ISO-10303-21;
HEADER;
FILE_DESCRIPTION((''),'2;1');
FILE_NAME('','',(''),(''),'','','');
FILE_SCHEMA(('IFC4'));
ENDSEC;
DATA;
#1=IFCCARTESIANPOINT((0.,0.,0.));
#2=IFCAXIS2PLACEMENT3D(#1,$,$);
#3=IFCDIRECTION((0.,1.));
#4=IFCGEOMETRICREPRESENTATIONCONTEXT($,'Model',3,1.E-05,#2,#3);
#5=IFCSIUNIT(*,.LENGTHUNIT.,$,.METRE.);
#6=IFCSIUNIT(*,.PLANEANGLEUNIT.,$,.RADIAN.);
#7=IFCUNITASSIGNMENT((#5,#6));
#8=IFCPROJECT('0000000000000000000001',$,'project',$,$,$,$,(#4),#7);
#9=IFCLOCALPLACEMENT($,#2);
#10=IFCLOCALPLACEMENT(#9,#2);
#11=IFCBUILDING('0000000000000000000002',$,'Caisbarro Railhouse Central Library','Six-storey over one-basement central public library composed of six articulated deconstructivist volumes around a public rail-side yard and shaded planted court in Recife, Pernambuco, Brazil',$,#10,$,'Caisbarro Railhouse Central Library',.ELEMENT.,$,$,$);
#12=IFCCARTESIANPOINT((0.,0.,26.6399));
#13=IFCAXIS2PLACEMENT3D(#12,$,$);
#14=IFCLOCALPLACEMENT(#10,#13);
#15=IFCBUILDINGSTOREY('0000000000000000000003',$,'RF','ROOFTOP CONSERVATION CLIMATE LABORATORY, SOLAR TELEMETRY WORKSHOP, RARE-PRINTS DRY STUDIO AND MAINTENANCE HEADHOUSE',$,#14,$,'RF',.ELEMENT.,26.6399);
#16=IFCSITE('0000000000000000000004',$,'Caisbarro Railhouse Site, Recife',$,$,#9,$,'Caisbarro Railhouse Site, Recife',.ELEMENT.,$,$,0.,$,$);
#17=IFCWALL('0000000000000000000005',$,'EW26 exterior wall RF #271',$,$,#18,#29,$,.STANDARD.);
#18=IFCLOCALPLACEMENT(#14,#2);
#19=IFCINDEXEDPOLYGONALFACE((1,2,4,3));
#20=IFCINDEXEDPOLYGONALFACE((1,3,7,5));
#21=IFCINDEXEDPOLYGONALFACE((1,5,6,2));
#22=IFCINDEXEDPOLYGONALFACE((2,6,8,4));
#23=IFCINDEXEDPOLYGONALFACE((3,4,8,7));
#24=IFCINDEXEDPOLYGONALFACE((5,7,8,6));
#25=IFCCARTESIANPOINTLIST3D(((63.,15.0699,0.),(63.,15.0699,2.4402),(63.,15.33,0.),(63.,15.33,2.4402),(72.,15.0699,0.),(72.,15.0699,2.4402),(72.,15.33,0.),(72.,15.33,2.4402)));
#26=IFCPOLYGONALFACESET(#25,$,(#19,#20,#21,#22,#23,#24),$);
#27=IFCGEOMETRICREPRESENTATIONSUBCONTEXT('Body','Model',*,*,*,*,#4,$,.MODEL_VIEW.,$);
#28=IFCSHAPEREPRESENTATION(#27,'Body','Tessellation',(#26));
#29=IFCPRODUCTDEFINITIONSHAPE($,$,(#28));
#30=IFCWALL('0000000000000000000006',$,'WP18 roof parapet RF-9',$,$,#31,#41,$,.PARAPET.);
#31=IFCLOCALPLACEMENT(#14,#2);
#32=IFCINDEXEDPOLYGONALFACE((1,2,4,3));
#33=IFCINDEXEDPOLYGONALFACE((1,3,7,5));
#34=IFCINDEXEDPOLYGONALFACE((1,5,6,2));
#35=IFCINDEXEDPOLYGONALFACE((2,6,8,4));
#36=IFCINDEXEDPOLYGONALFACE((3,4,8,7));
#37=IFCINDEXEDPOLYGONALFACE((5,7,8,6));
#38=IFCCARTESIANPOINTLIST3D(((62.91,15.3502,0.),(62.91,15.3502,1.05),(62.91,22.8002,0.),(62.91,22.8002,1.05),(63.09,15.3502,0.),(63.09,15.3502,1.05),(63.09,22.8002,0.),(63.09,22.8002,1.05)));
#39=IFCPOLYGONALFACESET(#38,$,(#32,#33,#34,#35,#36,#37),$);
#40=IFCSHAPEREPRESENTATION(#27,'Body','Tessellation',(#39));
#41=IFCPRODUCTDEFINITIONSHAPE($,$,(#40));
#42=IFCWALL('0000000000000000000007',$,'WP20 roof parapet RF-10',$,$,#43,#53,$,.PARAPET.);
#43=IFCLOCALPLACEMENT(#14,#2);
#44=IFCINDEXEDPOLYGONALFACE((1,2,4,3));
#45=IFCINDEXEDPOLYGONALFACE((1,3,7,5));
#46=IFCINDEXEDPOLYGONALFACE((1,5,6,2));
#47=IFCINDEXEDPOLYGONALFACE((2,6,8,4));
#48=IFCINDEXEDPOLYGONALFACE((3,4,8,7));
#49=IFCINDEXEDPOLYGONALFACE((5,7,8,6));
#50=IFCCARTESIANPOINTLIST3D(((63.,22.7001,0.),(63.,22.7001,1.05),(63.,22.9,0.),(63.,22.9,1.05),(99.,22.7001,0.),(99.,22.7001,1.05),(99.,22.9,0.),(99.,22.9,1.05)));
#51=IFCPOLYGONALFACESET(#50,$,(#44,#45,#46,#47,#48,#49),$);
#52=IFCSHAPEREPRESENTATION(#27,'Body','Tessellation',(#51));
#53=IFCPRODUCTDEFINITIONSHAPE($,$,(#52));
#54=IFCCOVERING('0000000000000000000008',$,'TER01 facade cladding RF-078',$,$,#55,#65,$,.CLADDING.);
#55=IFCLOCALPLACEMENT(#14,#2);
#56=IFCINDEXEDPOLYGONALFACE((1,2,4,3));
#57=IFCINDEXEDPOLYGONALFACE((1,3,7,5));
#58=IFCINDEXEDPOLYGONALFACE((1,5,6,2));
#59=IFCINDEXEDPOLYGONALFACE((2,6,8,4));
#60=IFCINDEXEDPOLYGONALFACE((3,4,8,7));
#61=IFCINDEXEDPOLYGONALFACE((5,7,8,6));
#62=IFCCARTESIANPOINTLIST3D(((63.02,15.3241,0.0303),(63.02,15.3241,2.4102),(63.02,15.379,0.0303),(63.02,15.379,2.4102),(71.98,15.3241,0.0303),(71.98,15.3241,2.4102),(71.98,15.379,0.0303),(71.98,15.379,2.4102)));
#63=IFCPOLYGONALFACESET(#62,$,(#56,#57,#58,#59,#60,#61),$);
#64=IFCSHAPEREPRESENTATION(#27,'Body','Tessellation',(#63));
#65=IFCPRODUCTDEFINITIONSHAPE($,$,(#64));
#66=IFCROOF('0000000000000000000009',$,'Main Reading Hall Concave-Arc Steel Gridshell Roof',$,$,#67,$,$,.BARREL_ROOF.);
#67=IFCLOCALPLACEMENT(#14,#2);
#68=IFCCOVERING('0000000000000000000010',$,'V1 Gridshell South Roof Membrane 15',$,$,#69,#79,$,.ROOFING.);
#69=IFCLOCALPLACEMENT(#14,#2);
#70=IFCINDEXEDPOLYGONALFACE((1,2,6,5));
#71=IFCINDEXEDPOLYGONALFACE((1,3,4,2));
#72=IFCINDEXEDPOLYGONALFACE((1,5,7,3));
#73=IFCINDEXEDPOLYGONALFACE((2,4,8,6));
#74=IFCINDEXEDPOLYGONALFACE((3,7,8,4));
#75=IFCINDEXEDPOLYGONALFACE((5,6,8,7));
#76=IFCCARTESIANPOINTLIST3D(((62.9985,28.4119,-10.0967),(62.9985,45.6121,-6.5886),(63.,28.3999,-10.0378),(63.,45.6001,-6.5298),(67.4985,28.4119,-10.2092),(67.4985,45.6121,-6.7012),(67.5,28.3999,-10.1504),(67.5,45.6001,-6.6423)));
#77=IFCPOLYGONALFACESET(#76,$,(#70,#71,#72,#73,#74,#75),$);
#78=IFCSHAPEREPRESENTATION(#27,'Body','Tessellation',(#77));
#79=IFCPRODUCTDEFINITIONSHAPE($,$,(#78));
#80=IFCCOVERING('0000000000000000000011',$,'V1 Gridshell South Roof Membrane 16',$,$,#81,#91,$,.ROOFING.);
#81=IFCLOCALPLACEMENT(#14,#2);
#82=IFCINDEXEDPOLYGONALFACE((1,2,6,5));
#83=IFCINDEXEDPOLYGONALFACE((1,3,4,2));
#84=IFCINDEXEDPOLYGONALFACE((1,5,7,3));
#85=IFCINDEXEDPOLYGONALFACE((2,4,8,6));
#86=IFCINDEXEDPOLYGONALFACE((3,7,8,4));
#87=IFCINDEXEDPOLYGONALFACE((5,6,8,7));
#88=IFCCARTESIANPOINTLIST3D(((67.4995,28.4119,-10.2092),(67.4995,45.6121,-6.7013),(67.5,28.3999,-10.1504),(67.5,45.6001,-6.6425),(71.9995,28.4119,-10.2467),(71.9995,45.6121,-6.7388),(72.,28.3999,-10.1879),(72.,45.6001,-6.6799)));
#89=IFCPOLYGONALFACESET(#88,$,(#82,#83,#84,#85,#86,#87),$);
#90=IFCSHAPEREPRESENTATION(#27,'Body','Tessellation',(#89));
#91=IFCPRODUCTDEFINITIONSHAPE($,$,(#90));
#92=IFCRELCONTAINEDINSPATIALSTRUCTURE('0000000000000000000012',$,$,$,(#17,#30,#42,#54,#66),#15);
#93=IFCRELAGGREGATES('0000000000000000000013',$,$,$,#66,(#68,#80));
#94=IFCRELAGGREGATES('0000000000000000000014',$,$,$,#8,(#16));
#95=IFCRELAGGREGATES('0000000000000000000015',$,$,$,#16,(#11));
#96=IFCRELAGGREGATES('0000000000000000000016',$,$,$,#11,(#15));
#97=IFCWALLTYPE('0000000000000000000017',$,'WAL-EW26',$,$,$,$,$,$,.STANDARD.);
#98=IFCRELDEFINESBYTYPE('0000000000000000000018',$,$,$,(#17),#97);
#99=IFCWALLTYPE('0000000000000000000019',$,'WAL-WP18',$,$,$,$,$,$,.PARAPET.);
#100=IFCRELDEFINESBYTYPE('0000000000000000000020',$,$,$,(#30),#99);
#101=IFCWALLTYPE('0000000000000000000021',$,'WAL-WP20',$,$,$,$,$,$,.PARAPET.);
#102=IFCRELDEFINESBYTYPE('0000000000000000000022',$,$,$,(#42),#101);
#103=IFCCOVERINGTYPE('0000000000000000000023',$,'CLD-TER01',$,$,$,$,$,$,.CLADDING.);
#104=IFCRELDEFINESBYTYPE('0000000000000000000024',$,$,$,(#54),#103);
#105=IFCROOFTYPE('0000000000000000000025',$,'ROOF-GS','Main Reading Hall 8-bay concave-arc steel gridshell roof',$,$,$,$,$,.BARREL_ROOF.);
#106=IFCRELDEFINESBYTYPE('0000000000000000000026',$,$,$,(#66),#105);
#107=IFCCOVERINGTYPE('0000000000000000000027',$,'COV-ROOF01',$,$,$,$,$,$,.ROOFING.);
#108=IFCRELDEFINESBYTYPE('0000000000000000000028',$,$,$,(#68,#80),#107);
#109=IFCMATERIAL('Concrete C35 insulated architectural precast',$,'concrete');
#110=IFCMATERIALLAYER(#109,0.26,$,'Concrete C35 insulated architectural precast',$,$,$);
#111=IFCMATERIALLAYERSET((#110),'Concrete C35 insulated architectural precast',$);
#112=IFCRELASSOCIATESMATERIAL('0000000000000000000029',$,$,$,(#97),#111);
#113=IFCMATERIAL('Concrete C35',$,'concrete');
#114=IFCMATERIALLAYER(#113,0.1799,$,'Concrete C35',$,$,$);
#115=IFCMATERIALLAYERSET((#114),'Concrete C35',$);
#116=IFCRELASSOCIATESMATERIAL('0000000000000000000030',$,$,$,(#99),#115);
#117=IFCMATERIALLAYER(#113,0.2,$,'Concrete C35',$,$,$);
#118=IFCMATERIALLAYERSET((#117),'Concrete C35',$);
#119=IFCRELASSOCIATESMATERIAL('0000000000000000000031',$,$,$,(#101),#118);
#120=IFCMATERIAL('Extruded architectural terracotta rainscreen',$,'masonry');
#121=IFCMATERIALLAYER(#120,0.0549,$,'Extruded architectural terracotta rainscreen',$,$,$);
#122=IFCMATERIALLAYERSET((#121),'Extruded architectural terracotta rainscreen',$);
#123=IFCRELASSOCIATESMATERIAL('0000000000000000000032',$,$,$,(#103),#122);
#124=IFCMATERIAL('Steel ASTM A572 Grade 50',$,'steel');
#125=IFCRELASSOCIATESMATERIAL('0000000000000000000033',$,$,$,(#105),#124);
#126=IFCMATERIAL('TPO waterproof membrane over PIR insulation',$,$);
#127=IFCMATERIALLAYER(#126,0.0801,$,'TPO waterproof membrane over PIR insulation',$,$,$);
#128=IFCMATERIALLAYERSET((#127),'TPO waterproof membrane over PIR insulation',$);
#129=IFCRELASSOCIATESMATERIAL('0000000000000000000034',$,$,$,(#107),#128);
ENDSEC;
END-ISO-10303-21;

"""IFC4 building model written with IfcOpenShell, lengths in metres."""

from ifc_helpers import new_model, si_unit, direction, frame, frame_2d, origin, origin_2d, place, context, subcontext, project, spatial, polyline, rectangle, outline, extrude, material, layer, layer_set, type_object, element, aggregate, save


model = new_model("IFC4")

# Units and contexts
model_context = context("Model", 3, precision=1e-05, world=origin(), true_north=direction((0.0, 1.0)))
body_context = subcontext(model_context, "Body", "Model", "MODEL_VIEW")
ifc_project = project(units=[si_unit("LENGTHUNIT", "METRE"), si_unit("PLANEANGLEUNIT", "RADIAN")], contexts=[model_context])

# Site, building, storey
site_placement = place(None, origin())
site = spatial("IfcSite", under=ifc_project, at=site_placement, Name="Caisbarro Railhouse Site, Recife", LongName="Caisbarro Railhouse Site, Recife", CompositionType="ELEMENT", RefElevation=0.0)
building_placement = place(site_placement, origin())
building = spatial("IfcBuilding", under=site, at=building_placement, Name="Caisbarro Railhouse Central Library", Description="Six-storey over one-basement central public library composed of six articulated deconstructivist volumes around a public rail-side yard and shaded planted court in Recife, Pernambuco, Brazil", LongName="Caisbarro Railhouse Central Library", CompositionType="ELEMENT")
storey_placement = place(building_placement, frame((0.0, 0.0, 26.6399)))
storey = spatial("IfcBuildingStorey", under=building, at=storey_placement, Name="RF", Description="ROOFTOP CONSERVATION CLIMATE LABORATORY, SOLAR TELEMETRY WORKSHOP, RARE-PRINTS DRY STUDIO AND MAINTENANCE HEADHOUSE", LongName="RF", CompositionType="ELEMENT", Elevation=26.6399)

# Shared definitions
ifc_material_1 = material(Name="Steel ASTM A572 Grade 50", Category="steel")

# Shared definitions
ifc_material_2 = material(Name="Concrete C35", Category="concrete")

# Walls
ifc_material_3 = material(Name="Concrete C35 insulated architectural precast", Category="concrete")
ifc_layer_1 = layer(ifc_material_3, 0.26, Name="Concrete C35 insulated architectural precast")
ifc_layer_set_1 = layer_set([ifc_layer_1], Name="Concrete C35 insulated architectural precast")
wall_type_1 = type_object("IfcWallType", Name="WAL-EW26", PredefinedType="STANDARD", material=ifc_layer_set_1)
wall_1_placement = place(storey_placement, frame((72.0, 15.2, 0.0), z_axis=(0.0, 0.0, 1.0), x_axis=(-1.0, 0.0, 0.0)))
element("IfcWall", 1, at=wall_1_placement, inside=storey, type_object=wall_type_1, Name="EW26 exterior wall RF #271", PredefinedType="STANDARD", context=body_context, shape_type="SweptSolid", body=[
    extrude(rectangle(XDim=9.0, YDim=0.26, at=frame_2d((4.5, 0.0))), origin(), (0.0, 0.0, 1.0), 2.4402),
])
ifc_layer_2 = layer(ifc_material_2, 0.1799, Name="Concrete C35")
ifc_layer_set_2 = layer_set([ifc_layer_2], Name="Concrete C35")
wall_type_2 = type_object("IfcWallType", Name="WAL-WP18", PredefinedType="PARAPET", material=ifc_layer_set_2)
wall_2_placement = place(storey_placement, frame((63.0, 15.3501, 0.0), z_axis=(0.0, 0.0, 1.0), x_axis=(0.0, 1.0, 0.0)))
element("IfcWall", 2, at=wall_2_placement, inside=storey, type_object=wall_type_2, Name="WP18 roof parapet RF-9", PredefinedType="PARAPET", context=body_context, shape_type="SweptSolid", body=[
    extrude(rectangle(XDim=7.45, YDim=0.1799, at=frame_2d((3.7251, 0.0))), origin(), (0.0, 0.0, 1.0), 1.05),
])
ifc_layer_3 = layer(ifc_material_2, 0.2, Name="Concrete C35")
ifc_layer_set_3 = layer_set([ifc_layer_3], Name="Concrete C35")
wall_type_3 = type_object("IfcWallType", Name="WAL-WP20", PredefinedType="PARAPET", material=ifc_layer_set_3)
wall_3_placement = place(storey_placement, frame((63.0, 22.8, 0.0), z_axis=(0.0, 0.0, 1.0), x_axis=(1.0, 0.0, 0.0)))
element("IfcWall", 3, at=wall_3_placement, inside=storey, type_object=wall_type_3, Name="WP20 roof parapet RF-10", PredefinedType="PARAPET", context=body_context, shape_type="SweptSolid", body=[
    extrude(rectangle(XDim=36.0, YDim=0.2, at=frame_2d((18.0, 0.0))), origin(), (0.0, 0.0, 1.0), 1.05),
])

# Covering
ifc_material_4 = material(Name="Extruded architectural terracotta rainscreen", Category="masonry")
ifc_layer_4 = layer(ifc_material_4, 0.0549, Name="Extruded architectural terracotta rainscreen")
ifc_layer_set_4 = layer_set([ifc_layer_4], Name="Extruded architectural terracotta rainscreen")
covering_type_1 = type_object("IfcCoveringType", Name="CLD-TER01", PredefinedType="CLADDING", material=ifc_layer_set_4)
covering_1_placement = place(storey_placement, frame((67.5, 15.3516, 0.0303), z_axis=(0.0, 0.0, 1.0), x_axis=(-1.0, 0.0, 0.0)))
element("IfcCovering", 4, at=covering_1_placement, inside=storey, type_object=covering_type_1, Name="TER01 facade cladding RF-078", PredefinedType="CLADDING", context=body_context, shape_type="SweptSolid", body=[
    extrude(rectangle(XDim=8.96, YDim=0.0549, at=origin_2d()), origin(), (0.0, 0.0, 1.0), 2.3799),
])

# Roof, coverings
roof_type = type_object("IfcRoofType", Name="ROOF-GS", Description="Main Reading Hall 8-bay concave-arc steel gridshell roof", PredefinedType="BARREL_ROOF", material=ifc_material_1)
roof_placement = place(storey_placement, origin())
roof = element("IfcRoof", 5, at=roof_placement, inside=storey, type_object=roof_type, Name="Main Reading Hall Concave-Arc Steel Gridshell Roof", PredefinedType="BARREL_ROOF")
ifc_material_5 = material(Name="TPO waterproof membrane over PIR insulation")
ifc_layer_5 = layer(ifc_material_5, 0.0801, Name="TPO waterproof membrane over PIR insulation")
ifc_layer_set_5 = layer_set([ifc_layer_5], Name="TPO waterproof membrane over PIR insulation")
covering_type_2 = type_object("IfcCoveringType", Name="COV-ROOF01", PredefinedType="ROOFING", material=ifc_layer_set_5)
covering_2_placement = place(storey_placement, frame((63.0, 28.3999, -10.0378), z_axis=(0.024499, -0.19978, 0.979534), x_axis=(0.999687, 0.0, -0.025003)))
covering_2 = element("IfcCovering", 6, at=covering_2_placement, type_object=covering_type_2, Name="V1 Gridshell South Roof Membrane 15", PredefinedType="ROOFING", context=body_context, shape_type="SweptSolid", body=[
    extrude(outline(polyline([(0.0, 0.0), (4.5014, 0.0), (4.4137, 17.5541), (-0.0877, 17.5541), (0.0, 0.0)])), origin(), (0.0, 0.0, -1.0), 0.0601),
])
covering_3_placement = place(storey_placement, frame((67.5, 28.3999, -10.1504), z_axis=(0.00816, -0.199827, 0.979797), x_axis=(0.999965, 0.000005, -0.008327)))
covering_3 = element("IfcCovering", 7, at=covering_3_placement, type_object=covering_type_2, Name="V1 Gridshell South Roof Membrane 16", PredefinedType="ROOFING", context=body_context, shape_type="SweptSolid", body=[
    extrude(outline(polyline([(0.0, 0.0), (4.5002, 0.0), (4.471, 17.5542), (-0.0291, 17.5543), (0.0, 0.0)])), origin(), (0.0, 0.0, -1.0), 0.0601),
])
aggregate(roof, [covering_2, covering_3])

save(model, "model.ifc")
